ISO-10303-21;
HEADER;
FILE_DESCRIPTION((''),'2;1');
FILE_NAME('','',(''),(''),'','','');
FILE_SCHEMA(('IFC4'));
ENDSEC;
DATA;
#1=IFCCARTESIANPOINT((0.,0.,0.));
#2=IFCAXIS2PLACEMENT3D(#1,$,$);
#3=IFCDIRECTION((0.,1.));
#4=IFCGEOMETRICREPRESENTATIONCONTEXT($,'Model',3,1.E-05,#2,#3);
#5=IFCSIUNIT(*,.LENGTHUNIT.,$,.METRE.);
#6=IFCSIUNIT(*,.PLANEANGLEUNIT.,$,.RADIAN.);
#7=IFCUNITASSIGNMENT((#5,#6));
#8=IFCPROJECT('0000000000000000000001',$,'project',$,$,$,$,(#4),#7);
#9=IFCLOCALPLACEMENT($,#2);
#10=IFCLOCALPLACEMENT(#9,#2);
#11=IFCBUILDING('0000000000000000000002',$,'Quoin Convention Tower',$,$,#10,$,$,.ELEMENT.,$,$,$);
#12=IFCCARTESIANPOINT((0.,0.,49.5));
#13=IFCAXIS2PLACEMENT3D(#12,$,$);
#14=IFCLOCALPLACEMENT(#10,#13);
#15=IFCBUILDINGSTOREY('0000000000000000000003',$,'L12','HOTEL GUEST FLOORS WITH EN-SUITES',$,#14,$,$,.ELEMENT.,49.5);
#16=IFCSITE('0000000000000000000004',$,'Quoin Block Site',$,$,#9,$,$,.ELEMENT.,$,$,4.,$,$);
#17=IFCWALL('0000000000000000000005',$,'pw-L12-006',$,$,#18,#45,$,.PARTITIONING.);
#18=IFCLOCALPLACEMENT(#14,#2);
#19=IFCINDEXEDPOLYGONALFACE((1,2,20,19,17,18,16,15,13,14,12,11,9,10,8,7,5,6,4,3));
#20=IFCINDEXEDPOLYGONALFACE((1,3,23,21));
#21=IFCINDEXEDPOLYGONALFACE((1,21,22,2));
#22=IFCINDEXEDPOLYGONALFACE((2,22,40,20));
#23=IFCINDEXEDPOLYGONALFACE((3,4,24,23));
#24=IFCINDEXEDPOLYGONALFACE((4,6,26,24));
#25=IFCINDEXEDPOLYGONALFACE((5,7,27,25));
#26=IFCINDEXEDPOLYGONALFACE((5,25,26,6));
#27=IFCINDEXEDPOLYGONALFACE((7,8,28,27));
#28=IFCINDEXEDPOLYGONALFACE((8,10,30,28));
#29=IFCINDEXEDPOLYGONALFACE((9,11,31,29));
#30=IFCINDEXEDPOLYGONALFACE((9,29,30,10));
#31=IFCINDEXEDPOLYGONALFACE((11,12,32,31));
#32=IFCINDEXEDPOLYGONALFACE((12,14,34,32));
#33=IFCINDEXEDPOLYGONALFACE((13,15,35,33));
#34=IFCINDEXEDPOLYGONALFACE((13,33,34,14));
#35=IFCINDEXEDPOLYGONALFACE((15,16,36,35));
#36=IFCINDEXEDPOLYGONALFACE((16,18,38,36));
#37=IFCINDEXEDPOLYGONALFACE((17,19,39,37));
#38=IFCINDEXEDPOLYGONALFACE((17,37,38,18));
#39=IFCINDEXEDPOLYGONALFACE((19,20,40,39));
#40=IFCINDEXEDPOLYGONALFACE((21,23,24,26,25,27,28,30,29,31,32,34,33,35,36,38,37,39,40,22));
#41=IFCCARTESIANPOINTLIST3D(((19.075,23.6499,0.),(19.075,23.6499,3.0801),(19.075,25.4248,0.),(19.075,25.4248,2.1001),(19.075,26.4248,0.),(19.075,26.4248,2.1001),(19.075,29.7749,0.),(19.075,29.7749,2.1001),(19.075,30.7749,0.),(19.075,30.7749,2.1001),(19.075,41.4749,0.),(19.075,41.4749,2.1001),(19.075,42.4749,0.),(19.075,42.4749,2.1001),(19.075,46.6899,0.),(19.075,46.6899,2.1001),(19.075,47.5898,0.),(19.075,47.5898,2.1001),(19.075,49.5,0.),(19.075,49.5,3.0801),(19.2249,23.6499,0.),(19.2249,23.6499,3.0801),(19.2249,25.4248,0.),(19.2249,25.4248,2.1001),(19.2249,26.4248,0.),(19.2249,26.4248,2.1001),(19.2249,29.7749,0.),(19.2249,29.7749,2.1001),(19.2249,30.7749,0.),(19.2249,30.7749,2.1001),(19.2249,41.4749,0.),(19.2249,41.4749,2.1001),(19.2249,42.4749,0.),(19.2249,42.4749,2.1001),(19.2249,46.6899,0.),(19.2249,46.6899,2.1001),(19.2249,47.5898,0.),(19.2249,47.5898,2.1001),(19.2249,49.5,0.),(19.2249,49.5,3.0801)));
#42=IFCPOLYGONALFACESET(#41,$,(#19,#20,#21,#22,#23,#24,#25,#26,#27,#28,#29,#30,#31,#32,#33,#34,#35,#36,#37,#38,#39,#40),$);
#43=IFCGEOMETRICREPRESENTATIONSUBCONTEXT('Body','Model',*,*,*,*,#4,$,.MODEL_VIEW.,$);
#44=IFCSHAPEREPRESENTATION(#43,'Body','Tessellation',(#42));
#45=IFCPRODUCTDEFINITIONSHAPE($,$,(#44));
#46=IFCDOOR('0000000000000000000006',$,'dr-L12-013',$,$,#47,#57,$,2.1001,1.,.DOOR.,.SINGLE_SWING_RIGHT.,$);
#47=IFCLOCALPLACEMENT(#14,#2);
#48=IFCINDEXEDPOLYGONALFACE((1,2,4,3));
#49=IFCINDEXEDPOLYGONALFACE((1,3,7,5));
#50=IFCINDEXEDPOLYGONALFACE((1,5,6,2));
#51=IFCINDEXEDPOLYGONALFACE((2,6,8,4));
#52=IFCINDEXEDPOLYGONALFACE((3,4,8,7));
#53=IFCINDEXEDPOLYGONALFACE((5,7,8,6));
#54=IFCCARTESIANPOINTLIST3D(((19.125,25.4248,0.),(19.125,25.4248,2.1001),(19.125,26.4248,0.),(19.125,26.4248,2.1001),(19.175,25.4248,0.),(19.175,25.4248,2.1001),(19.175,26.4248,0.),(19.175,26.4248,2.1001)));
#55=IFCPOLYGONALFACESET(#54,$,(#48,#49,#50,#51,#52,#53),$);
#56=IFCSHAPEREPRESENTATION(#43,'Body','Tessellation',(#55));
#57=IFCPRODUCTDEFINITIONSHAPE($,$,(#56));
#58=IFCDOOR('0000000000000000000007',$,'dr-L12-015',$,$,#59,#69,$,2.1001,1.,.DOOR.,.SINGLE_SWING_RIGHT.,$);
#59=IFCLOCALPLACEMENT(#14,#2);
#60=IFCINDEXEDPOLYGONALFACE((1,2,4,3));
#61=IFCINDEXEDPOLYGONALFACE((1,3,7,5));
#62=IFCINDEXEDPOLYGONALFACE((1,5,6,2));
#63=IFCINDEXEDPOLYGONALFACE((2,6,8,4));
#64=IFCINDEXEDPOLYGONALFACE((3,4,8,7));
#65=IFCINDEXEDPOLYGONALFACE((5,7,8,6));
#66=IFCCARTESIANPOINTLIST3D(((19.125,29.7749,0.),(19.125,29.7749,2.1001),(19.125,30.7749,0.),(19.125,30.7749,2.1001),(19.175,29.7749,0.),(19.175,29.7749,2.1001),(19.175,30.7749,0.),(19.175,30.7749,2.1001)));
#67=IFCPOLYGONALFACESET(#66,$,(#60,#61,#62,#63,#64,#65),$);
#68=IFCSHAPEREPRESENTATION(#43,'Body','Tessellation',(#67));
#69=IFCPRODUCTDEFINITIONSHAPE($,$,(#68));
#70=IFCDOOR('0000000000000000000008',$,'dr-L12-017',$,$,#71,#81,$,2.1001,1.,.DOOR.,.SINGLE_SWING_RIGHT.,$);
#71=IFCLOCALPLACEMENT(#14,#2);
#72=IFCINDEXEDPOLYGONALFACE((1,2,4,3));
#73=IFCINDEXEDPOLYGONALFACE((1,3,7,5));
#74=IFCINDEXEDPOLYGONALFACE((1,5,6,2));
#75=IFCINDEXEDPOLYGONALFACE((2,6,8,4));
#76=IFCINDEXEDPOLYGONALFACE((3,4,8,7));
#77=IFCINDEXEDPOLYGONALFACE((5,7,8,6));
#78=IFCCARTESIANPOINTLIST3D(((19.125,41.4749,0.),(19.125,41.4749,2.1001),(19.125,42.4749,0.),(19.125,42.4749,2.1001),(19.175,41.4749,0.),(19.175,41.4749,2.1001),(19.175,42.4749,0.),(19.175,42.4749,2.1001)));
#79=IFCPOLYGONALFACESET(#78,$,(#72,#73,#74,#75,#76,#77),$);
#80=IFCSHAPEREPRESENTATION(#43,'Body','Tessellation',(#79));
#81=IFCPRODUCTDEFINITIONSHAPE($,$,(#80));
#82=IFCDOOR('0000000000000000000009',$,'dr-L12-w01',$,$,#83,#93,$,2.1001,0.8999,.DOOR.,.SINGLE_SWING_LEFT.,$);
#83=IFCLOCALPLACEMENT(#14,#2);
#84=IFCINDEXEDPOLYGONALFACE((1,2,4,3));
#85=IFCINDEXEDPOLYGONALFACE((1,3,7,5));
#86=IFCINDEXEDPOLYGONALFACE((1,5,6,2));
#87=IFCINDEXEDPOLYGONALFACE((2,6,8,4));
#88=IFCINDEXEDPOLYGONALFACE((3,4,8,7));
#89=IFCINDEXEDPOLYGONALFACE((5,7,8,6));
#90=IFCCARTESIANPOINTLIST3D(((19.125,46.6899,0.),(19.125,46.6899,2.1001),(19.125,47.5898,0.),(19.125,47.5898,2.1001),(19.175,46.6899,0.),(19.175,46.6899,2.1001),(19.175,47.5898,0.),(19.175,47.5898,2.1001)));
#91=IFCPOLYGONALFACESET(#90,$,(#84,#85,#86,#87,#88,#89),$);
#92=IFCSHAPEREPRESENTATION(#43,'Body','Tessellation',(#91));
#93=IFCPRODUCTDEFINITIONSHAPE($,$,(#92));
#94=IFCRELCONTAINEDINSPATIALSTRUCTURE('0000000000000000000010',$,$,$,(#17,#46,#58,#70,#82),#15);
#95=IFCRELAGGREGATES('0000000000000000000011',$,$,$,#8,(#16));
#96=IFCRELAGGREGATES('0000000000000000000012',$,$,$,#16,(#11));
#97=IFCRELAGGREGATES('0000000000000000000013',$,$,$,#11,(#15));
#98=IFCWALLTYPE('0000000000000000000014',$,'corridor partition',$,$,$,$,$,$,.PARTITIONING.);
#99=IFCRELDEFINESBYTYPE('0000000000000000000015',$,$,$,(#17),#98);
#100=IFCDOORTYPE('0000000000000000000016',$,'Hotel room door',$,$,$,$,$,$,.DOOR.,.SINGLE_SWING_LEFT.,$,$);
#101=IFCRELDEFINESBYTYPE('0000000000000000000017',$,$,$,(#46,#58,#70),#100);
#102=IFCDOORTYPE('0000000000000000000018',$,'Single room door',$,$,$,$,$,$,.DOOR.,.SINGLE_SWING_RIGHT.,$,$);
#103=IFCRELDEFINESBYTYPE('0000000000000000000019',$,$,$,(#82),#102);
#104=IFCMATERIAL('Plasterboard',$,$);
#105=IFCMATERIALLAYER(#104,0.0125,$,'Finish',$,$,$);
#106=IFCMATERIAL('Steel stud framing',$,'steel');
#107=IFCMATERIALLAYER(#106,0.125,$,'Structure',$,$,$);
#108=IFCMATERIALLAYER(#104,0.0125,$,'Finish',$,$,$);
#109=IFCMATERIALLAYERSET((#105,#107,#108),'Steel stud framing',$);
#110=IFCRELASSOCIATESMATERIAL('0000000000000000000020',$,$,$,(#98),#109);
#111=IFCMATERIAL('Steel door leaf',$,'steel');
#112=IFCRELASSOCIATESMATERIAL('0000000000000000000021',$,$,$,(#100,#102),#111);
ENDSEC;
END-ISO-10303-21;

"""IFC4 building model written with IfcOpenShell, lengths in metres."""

from ifc_helpers import new_model, si_unit, direction, frame, frame_2d, origin, place, context, subcontext, project, spatial, rectangle, extrude, material, layer, layer_set, type_object, element, fill, save


model = new_model("IFC4")

# Units and contexts
model_context = context("Model", 3, precision=1e-05, world=origin(), true_north=direction((0.0, 1.0)))
body_context = subcontext(model_context, "Body", "Model", "MODEL_VIEW")
ifc_project = project(units=[si_unit("LENGTHUNIT", "METRE"), si_unit("PLANEANGLEUNIT", "RADIAN")], contexts=[model_context])

# Site, building, storey
site_placement = place(None, origin())
site = spatial("IfcSite", under=ifc_project, at=site_placement, Name="Quoin Block Site", CompositionType="ELEMENT", RefElevation=4.0)
building_placement = place(site_placement, origin())
building = spatial("IfcBuilding", under=site, at=building_placement, Name="Quoin Convention Tower", CompositionType="ELEMENT")
storey_placement = place(building_placement, frame((0.0, 0.0, 49.5)))
storey = spatial("IfcBuildingStorey", under=building, at=storey_placement, Name="L12", Description="HOTEL GUEST FLOORS WITH EN-SUITES", CompositionType="ELEMENT", Elevation=49.5)

# Shared definitions
ifc_material_1 = material(Name="Steel door leaf", Category="steel")

# Wall, openings, doors
ifc_material_2 = material(Name="Plasterboard")
ifc_layer_1 = layer(ifc_material_2, 0.0125, Name="Finish")
ifc_material_3 = material(Name="Steel stud framing", Category="steel")
ifc_layer_2 = layer(ifc_material_3, 0.125, Name="Structure")
ifc_layer_3 = layer(ifc_material_2, 0.0125, Name="Finish")
ifc_layer_set_1 = layer_set([ifc_layer_1, ifc_layer_2, ifc_layer_3], Name="Steel stud framing")
wall_type_1 = type_object("IfcWallType", Name="corridor partition", PredefinedType="PARTITIONING", material=ifc_layer_set_1)
door_type_1 = type_object("IfcDoorType", Name="Hotel room door", OperationType="SINGLE_SWING_LEFT", PredefinedType="DOOR", material=ifc_material_1)
wall_1_placement = place(storey_placement, frame((19.1499, 23.6499, 0.0), z_axis=(0.0, 0.0, 1.0), x_axis=(0.0, 1.0, 0.0)))
wall_1 = element("IfcWall", 1, at=wall_1_placement, inside=storey, type_object=wall_type_1, Name="pw-L12-006", PredefinedType="PARTITIONING", context=body_context, shape_type="SweptSolid", body=[
    extrude(rectangle(XDim=25.8501, YDim=0.1499, at=frame_2d((12.925, 0.0))), origin(), (0.0, 0.0, 1.0), 3.0801),
])
opening_1_placement = place(wall_1_placement, frame((1.7749, 0.0, 0.0)))
opening_1 = element("IfcOpeningElement", 2, at=opening_1_placement, cuts=wall_1, PredefinedType="OPENING", context=body_context, shape_type="SweptSolid", body=[
    extrude(rectangle(XDim=1.0, YDim=2.1001, at=frame_2d((0.5, 1.05))), frame((0.0, 0.085, 0.0), z_axis=(0.0, -1.0, 0.0), x_axis=(1.0, 0.0, 0.0)), (0.0, 0.0, 1.0), 0.1699),
])
opening_2_placement = place(wall_1_placement, frame((6.125, 0.0, 0.0)))
opening_2 = element("IfcOpeningElement", 3, at=opening_2_placement, cuts=wall_1, PredefinedType="OPENING", context=body_context, shape_type="SweptSolid", body=[
    extrude(rectangle(XDim=1.0, YDim=2.1001, at=frame_2d((0.5, 1.05))), frame((0.0, 0.085, 0.0), z_axis=(0.0, -1.0, 0.0), x_axis=(1.0, 0.0, 0.0)), (0.0, 0.0, 1.0), 0.1699),
])
opening_3_placement = place(wall_1_placement, frame((17.825, 0.0, 0.0)))
opening_3 = element("IfcOpeningElement", 4, at=opening_3_placement, cuts=wall_1, PredefinedType="OPENING", context=body_context, shape_type="SweptSolid", body=[
    extrude(rectangle(XDim=1.0, YDim=2.1001, at=frame_2d((0.5, 1.05))), frame((0.0, 0.085, 0.0), z_axis=(0.0, -1.0, 0.0), x_axis=(1.0, 0.0, 0.0)), (0.0, 0.0, 1.0), 0.1699),
])
opening_4_placement = place(wall_1_placement, frame((23.04, 0.0, 0.0)))
opening_4 = element("IfcOpeningElement", 5, at=opening_4_placement, cuts=wall_1, PredefinedType="OPENING", context=body_context, shape_type="SweptSolid", body=[
    extrude(rectangle(XDim=0.8999, YDim=2.1001, at=frame_2d((0.45, 1.05))), frame((0.0, 0.085, 0.0), z_axis=(0.0, -1.0, 0.0), x_axis=(1.0, 0.0, 0.0)), (0.0, 0.0, 1.0), 0.1699),
])
door_1_placement = place(opening_1_placement, origin())
door_1 = element("IfcDoor", 6, at=door_1_placement, inside=storey, type_object=door_type_1, Name="dr-L12-013", OperationType="SINGLE_SWING_RIGHT", OverallHeight=2.1001, OverallWidth=1.0, PredefinedType="DOOR", context=body_context, shape_type="SweptSolid", body=[
    extrude(rectangle(XDim=1.0, YDim=2.1001, at=frame_2d((0.5, 1.05))), frame((0.0, 0.0249, 0.0), z_axis=(0.0, -1.0, 0.0), x_axis=(1.0, 0.0, 0.0)), (0.0, 0.0, 1.0), 0.05),
])
fill(opening_1, door_1)
door_2_placement = place(opening_2_placement, origin())
door_2 = element("IfcDoor", 7, at=door_2_placement, inside=storey, type_object=door_type_1, Name="dr-L12-015", OperationType="SINGLE_SWING_RIGHT", OverallHeight=2.1001, OverallWidth=1.0, PredefinedType="DOOR", context=body_context, shape_type="SweptSolid", body=[
    extrude(rectangle(XDim=1.0, YDim=2.1001, at=frame_2d((0.5, 1.05))), frame((0.0, 0.0249, 0.0), z_axis=(0.0, -1.0, 0.0), x_axis=(1.0, 0.0, 0.0)), (0.0, 0.0, 1.0), 0.05),
])
fill(opening_2, door_2)
door_3_placement = place(opening_3_placement, origin())
door_3 = element("IfcDoor", 8, at=door_3_placement, inside=storey, type_object=door_type_1, Name="dr-L12-017", OperationType="SINGLE_SWING_RIGHT", OverallHeight=2.1001, OverallWidth=1.0, PredefinedType="DOOR", context=body_context, shape_type="SweptSolid", body=[
    extrude(rectangle(XDim=1.0, YDim=2.1001, at=frame_2d((0.5, 1.05))), frame((0.0, 0.0249, 0.0), z_axis=(0.0, -1.0, 0.0), x_axis=(1.0, 0.0, 0.0)), (0.0, 0.0, 1.0), 0.05),
])
fill(opening_3, door_3)
door_type_2 = type_object("IfcDoorType", Name="Single room door", OperationType="SINGLE_SWING_RIGHT", PredefinedType="DOOR", material=ifc_material_1)
door_4_placement = place(opening_4_placement, origin())
door_4 = element("IfcDoor", 9, at=door_4_placement, inside=storey, type_object=door_type_2, Name="dr-L12-w01", OperationType="SINGLE_SWING_LEFT", OverallHeight=2.1001, OverallWidth=0.8999, PredefinedType="DOOR", context=body_context, shape_type="SweptSolid", body=[
    extrude(rectangle(XDim=0.8999, YDim=2.1001, at=frame_2d((0.45, 1.05))), frame((0.0, 0.0249, 0.0), z_axis=(0.0, -1.0, 0.0), x_axis=(1.0, 0.0, 0.0)), (0.0, 0.0, 1.0), 0.05),
])
fill(opening_4, door_4)

save(model, "model.ifc")
